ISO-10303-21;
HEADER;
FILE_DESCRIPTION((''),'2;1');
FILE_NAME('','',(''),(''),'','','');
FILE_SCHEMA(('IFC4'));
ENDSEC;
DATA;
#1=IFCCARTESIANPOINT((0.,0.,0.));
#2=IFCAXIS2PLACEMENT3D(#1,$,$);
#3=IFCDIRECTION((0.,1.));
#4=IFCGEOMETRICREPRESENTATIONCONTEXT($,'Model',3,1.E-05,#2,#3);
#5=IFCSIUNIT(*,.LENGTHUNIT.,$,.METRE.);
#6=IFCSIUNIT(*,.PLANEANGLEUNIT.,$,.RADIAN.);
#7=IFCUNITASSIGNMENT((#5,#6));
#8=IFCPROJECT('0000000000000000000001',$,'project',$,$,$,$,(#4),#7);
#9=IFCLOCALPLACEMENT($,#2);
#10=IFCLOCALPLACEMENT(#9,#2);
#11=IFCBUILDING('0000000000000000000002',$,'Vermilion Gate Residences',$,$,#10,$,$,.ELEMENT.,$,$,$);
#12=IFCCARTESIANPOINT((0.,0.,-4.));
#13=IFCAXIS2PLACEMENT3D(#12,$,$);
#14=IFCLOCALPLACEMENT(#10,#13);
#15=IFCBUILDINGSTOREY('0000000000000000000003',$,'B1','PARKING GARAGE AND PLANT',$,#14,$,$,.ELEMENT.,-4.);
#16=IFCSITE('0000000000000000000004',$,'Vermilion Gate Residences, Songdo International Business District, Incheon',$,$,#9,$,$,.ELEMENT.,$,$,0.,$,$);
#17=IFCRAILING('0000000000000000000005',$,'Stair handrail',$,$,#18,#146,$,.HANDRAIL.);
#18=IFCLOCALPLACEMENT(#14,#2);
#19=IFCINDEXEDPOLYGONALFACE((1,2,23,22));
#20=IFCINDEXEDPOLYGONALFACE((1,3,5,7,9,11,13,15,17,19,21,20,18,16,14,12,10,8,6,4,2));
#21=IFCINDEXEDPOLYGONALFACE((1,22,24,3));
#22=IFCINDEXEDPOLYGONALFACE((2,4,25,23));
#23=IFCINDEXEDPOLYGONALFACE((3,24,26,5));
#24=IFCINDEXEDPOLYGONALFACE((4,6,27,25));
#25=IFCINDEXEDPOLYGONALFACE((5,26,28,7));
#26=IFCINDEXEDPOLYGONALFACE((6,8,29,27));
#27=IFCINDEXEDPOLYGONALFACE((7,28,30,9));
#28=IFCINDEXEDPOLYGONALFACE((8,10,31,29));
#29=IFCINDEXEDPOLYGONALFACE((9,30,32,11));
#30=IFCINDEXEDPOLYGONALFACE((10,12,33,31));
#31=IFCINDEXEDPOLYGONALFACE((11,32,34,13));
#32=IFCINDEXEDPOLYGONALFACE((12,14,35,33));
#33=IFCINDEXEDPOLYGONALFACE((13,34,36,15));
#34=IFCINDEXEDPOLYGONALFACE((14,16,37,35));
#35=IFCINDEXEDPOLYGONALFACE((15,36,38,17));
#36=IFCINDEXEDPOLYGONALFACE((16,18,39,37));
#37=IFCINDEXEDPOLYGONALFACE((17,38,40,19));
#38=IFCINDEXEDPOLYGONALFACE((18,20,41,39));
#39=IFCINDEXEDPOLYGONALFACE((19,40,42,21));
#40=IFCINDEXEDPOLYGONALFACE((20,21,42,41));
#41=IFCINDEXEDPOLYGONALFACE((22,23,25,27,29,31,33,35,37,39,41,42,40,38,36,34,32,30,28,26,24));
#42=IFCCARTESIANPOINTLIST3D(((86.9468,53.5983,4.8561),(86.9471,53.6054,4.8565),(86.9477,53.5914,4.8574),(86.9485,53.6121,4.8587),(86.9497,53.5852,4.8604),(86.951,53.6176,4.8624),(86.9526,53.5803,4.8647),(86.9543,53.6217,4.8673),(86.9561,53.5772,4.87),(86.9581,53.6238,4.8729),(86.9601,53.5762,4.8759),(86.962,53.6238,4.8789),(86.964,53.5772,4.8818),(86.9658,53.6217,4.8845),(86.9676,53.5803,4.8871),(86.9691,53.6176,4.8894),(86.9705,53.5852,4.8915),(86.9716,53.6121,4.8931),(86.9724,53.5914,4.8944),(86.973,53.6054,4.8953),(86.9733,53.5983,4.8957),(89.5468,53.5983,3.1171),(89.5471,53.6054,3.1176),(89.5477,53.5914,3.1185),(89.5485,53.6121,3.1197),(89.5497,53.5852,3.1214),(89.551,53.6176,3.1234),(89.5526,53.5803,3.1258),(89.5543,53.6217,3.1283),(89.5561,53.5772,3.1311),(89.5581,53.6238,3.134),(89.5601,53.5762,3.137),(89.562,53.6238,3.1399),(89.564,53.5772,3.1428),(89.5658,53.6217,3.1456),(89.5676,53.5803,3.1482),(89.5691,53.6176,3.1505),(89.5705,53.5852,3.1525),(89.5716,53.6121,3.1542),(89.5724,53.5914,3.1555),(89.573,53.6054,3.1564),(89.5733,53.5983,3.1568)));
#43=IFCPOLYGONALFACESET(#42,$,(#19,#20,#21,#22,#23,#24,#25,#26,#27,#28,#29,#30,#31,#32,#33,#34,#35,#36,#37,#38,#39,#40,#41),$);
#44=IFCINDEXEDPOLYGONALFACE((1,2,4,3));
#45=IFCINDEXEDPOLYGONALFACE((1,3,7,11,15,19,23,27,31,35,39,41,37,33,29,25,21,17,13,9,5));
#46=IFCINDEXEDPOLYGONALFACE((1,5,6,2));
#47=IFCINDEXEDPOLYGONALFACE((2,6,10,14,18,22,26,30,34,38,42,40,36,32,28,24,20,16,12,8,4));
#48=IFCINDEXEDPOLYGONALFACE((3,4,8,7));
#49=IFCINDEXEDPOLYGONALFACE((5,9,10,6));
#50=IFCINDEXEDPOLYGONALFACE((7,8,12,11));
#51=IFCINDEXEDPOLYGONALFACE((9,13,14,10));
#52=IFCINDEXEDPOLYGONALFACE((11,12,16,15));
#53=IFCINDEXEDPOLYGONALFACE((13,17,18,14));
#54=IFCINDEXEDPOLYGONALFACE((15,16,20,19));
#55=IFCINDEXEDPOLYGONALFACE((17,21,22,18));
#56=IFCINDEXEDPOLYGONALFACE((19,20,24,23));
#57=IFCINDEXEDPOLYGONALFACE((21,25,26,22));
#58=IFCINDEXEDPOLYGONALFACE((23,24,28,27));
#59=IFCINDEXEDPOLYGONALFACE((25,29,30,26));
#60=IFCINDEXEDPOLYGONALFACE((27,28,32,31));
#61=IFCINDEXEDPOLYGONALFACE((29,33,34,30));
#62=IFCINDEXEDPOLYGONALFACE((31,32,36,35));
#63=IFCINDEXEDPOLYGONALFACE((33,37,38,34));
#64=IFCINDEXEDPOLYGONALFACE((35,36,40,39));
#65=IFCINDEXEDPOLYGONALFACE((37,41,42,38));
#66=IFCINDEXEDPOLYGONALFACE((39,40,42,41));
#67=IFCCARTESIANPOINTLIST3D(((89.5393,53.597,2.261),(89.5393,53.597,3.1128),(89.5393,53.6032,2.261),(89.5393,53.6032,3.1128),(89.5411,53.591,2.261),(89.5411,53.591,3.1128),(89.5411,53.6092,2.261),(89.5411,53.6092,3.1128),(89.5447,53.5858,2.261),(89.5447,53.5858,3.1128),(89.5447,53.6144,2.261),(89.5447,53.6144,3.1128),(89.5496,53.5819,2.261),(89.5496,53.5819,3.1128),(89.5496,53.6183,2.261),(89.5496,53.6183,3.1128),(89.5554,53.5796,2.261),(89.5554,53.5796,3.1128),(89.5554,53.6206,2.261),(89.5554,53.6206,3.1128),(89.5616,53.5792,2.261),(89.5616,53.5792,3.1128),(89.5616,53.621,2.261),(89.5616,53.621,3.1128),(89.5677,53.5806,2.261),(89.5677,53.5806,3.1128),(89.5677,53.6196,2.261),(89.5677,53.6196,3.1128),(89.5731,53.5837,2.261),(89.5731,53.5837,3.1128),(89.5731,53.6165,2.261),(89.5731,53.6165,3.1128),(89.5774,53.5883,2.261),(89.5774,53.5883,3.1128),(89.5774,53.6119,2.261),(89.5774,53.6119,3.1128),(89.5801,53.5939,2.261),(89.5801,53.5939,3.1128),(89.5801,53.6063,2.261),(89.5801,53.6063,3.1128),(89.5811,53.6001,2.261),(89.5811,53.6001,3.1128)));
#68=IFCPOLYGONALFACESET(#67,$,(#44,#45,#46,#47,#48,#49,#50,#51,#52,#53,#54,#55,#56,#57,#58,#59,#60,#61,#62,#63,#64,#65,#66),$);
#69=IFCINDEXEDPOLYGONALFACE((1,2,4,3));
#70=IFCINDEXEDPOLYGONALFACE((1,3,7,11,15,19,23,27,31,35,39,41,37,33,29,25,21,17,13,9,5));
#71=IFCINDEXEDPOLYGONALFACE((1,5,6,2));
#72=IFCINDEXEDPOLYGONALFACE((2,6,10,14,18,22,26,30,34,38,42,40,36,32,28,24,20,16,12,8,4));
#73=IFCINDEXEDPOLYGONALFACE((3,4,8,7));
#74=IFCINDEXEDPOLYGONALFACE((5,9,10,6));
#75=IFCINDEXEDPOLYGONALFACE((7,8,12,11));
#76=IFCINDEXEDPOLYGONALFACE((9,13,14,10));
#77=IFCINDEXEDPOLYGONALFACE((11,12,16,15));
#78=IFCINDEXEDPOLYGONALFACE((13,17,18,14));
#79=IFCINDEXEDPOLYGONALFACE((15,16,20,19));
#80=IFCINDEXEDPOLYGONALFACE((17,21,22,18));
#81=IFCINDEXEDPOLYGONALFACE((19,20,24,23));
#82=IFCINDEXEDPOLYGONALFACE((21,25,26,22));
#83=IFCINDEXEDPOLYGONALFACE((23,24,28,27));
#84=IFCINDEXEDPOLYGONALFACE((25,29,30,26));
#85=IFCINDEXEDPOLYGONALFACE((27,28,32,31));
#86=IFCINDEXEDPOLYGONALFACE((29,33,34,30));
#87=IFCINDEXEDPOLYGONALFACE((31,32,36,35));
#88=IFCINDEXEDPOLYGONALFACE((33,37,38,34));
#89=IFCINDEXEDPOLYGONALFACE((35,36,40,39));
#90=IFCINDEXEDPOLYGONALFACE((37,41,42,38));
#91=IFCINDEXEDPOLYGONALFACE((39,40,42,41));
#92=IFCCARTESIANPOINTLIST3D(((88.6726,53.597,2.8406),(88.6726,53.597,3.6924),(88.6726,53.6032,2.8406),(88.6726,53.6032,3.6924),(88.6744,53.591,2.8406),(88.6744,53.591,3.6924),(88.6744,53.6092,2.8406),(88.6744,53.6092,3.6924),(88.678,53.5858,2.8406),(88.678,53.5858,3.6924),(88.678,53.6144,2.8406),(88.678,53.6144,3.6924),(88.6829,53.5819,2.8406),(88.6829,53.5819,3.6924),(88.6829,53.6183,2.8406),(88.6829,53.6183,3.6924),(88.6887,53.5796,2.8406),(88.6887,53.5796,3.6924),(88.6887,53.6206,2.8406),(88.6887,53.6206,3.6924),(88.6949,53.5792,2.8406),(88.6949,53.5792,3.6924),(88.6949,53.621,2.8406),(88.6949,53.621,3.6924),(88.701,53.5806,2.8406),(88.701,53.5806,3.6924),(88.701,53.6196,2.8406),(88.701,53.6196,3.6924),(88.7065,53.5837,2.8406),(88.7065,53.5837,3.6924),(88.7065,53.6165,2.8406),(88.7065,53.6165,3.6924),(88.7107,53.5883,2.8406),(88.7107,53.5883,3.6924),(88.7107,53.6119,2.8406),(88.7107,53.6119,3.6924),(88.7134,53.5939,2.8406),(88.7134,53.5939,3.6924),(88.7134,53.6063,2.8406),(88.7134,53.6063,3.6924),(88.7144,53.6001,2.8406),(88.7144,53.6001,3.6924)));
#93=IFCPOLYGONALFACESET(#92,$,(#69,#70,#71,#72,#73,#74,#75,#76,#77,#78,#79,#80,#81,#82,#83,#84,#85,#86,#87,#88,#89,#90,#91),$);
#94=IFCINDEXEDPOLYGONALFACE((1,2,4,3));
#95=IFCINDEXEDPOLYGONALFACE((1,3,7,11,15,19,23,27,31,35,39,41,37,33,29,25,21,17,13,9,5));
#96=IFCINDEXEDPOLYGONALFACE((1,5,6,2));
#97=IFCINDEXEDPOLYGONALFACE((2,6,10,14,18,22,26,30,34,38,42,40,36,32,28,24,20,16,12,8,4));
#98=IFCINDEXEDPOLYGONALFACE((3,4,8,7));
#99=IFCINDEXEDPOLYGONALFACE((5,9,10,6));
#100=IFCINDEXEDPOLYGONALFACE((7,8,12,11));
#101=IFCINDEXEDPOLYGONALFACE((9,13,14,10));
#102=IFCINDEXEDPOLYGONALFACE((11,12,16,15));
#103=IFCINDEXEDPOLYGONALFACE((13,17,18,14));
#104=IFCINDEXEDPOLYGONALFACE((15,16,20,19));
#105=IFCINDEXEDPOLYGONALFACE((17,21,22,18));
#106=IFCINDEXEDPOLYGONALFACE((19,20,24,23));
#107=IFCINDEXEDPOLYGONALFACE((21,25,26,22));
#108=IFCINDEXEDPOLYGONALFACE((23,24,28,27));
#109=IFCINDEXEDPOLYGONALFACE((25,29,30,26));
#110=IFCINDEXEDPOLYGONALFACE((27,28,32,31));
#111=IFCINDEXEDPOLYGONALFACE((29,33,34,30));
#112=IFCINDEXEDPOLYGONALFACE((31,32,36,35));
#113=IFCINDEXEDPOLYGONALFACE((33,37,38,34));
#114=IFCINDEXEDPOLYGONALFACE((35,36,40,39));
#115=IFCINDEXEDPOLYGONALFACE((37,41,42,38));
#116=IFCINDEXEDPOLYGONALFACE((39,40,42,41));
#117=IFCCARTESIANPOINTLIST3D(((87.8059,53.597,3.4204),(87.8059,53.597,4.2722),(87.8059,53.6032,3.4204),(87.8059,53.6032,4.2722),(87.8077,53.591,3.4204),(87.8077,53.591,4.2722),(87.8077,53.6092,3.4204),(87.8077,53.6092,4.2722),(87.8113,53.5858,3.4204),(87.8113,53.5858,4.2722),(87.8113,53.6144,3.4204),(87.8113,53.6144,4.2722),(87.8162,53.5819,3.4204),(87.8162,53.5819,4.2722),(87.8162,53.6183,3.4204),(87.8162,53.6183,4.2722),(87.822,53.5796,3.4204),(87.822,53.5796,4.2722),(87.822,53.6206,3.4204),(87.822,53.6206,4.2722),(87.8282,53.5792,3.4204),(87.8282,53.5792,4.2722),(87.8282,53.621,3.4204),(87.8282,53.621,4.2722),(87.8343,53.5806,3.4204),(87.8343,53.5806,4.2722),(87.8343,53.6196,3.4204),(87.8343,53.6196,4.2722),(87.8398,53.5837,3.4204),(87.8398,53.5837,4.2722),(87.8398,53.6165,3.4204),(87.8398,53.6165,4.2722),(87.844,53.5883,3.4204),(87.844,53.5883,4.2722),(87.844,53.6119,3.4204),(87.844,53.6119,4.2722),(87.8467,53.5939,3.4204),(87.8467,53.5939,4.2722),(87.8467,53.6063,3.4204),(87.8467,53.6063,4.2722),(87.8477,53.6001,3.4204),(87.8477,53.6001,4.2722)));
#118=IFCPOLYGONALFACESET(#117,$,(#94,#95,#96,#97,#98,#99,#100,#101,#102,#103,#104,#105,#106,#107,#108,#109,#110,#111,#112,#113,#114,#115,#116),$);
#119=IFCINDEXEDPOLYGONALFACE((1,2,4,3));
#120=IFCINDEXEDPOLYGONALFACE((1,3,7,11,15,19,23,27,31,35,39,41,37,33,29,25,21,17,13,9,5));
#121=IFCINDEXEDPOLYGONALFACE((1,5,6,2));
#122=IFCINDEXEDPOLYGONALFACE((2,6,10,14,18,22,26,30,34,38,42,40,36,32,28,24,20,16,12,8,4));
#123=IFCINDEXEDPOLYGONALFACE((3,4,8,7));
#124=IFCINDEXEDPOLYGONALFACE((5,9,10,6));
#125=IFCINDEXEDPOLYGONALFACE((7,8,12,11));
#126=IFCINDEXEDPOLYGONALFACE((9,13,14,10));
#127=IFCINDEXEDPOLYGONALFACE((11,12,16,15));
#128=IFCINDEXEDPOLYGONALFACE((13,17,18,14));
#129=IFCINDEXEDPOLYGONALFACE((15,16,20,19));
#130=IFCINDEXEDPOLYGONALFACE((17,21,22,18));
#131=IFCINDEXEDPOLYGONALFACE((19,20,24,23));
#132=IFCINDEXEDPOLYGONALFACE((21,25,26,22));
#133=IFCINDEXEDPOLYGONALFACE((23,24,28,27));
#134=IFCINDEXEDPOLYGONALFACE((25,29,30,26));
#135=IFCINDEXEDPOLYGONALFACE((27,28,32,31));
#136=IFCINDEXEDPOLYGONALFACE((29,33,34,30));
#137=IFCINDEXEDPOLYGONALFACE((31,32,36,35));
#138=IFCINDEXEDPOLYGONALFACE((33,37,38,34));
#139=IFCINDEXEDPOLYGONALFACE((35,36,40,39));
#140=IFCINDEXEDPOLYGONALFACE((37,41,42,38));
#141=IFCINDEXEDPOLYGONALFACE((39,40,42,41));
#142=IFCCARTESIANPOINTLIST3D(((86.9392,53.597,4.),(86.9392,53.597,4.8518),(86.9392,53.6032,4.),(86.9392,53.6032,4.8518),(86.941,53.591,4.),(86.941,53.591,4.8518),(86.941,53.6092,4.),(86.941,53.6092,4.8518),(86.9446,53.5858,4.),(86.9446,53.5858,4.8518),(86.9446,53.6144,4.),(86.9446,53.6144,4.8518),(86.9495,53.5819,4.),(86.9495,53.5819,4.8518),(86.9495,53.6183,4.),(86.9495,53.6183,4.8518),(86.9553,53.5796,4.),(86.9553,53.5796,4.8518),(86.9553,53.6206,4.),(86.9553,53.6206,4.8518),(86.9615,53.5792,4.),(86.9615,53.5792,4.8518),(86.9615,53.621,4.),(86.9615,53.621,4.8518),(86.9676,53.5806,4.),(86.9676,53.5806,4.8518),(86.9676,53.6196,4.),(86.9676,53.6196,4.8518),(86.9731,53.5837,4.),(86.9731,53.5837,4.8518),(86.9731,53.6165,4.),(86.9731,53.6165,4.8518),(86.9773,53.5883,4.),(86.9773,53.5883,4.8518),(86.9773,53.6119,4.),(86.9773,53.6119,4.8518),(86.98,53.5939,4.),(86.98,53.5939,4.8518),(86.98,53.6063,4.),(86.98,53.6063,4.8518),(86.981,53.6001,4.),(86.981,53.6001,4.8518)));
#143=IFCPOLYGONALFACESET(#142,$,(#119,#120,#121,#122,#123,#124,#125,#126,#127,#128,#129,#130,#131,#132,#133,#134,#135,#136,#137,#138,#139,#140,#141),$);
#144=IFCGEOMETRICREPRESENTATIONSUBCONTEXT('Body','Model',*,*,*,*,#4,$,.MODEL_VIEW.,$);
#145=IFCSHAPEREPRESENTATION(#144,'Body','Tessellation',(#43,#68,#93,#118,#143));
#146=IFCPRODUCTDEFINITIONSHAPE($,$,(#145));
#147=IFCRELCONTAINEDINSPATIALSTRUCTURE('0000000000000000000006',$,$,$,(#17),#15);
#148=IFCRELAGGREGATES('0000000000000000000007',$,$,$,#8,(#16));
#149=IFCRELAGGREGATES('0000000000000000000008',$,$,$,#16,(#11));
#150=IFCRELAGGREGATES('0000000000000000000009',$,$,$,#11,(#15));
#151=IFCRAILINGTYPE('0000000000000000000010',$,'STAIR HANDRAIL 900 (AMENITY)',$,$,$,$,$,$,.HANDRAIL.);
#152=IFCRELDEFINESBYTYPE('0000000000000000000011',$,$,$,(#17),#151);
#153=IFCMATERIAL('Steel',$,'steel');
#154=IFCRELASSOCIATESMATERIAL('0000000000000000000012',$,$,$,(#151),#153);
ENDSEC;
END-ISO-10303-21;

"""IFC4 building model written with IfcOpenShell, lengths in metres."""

from ifc_helpers import new_model, si_unit, direction, frame, origin, origin_2d, place, context, subcontext, project, spatial, circle, extrude, material, type_object, element, save


model = new_model("IFC4")

# Units and contexts
model_context = context("Model", 3, precision=1e-05, world=origin(), true_north=direction((0.0, 1.0)))
body_context = subcontext(model_context, "Body", "Model", "MODEL_VIEW")
ifc_project = project(units=[si_unit("LENGTHUNIT", "METRE"), si_unit("PLANEANGLEUNIT", "RADIAN")], contexts=[model_context])

# Site, building, storey
site_placement = place(None, origin())
site = spatial("IfcSite", under=ifc_project, at=site_placement, Name="Vermilion Gate Residences, Songdo International Business District, Incheon", CompositionType="ELEMENT", RefElevation=0.0)
building_placement = place(site_placement, origin())
building = spatial("IfcBuilding", under=site, at=building_placement, Name="Vermilion Gate Residences", CompositionType="ELEMENT")
storey_placement = place(building_placement, frame((0.0, 0.0, -4.0)))
storey = spatial("IfcBuildingStorey", under=building, at=storey_placement, Name="B1", Description="PARKING GARAGE AND PLANT", CompositionType="ELEMENT", Elevation=-4.0)

# Railing
ifc_material_1 = material(Name="Steel", Category="steel")
railing_type = type_object("IfcRailingType", Name="STAIR HANDRAIL 900 (AMENITY)", PredefinedType="HANDRAIL", material=ifc_material_1)
railing_1_placement = place(storey_placement, frame((89.5601, 53.6001, 2.261)))
element("IfcRailing", 1, at=railing_1_placement, inside=storey, type_object=railing_type, Name="Stair handrail", PredefinedType="HANDRAIL", context=body_context, shape_type="SweptSolid", body=[
    extrude(circle(Radius=0.0239, at=origin_2d()), frame((0.0, 0.0, 0.876), z_axis=(-0.831221, 0.0, 0.555942), x_axis=(0.0, -1.0, 0.0)), (0.0, 0.0, 1.0), 3.1279),
    extrude(circle(Radius=0.021, at=origin_2d()), origin(), (0.0, 0.0, 1.0), 0.8518),
    extrude(circle(Radius=0.021, at=origin_2d()), frame((-0.8667, 0.0, 0.5796)), (0.0, 0.0, 1.0), 0.8518),
    extrude(circle(Radius=0.021, at=origin_2d()), frame((-1.7334, 0.0, 1.1594)), (0.0, 0.0, 1.0), 0.8518),
    extrude(circle(Radius=0.021, at=origin_2d()), frame((-2.6001, 0.0, 1.739)), (0.0, 0.0, 1.0), 0.8518),
])

save(model, "model.ifc")
